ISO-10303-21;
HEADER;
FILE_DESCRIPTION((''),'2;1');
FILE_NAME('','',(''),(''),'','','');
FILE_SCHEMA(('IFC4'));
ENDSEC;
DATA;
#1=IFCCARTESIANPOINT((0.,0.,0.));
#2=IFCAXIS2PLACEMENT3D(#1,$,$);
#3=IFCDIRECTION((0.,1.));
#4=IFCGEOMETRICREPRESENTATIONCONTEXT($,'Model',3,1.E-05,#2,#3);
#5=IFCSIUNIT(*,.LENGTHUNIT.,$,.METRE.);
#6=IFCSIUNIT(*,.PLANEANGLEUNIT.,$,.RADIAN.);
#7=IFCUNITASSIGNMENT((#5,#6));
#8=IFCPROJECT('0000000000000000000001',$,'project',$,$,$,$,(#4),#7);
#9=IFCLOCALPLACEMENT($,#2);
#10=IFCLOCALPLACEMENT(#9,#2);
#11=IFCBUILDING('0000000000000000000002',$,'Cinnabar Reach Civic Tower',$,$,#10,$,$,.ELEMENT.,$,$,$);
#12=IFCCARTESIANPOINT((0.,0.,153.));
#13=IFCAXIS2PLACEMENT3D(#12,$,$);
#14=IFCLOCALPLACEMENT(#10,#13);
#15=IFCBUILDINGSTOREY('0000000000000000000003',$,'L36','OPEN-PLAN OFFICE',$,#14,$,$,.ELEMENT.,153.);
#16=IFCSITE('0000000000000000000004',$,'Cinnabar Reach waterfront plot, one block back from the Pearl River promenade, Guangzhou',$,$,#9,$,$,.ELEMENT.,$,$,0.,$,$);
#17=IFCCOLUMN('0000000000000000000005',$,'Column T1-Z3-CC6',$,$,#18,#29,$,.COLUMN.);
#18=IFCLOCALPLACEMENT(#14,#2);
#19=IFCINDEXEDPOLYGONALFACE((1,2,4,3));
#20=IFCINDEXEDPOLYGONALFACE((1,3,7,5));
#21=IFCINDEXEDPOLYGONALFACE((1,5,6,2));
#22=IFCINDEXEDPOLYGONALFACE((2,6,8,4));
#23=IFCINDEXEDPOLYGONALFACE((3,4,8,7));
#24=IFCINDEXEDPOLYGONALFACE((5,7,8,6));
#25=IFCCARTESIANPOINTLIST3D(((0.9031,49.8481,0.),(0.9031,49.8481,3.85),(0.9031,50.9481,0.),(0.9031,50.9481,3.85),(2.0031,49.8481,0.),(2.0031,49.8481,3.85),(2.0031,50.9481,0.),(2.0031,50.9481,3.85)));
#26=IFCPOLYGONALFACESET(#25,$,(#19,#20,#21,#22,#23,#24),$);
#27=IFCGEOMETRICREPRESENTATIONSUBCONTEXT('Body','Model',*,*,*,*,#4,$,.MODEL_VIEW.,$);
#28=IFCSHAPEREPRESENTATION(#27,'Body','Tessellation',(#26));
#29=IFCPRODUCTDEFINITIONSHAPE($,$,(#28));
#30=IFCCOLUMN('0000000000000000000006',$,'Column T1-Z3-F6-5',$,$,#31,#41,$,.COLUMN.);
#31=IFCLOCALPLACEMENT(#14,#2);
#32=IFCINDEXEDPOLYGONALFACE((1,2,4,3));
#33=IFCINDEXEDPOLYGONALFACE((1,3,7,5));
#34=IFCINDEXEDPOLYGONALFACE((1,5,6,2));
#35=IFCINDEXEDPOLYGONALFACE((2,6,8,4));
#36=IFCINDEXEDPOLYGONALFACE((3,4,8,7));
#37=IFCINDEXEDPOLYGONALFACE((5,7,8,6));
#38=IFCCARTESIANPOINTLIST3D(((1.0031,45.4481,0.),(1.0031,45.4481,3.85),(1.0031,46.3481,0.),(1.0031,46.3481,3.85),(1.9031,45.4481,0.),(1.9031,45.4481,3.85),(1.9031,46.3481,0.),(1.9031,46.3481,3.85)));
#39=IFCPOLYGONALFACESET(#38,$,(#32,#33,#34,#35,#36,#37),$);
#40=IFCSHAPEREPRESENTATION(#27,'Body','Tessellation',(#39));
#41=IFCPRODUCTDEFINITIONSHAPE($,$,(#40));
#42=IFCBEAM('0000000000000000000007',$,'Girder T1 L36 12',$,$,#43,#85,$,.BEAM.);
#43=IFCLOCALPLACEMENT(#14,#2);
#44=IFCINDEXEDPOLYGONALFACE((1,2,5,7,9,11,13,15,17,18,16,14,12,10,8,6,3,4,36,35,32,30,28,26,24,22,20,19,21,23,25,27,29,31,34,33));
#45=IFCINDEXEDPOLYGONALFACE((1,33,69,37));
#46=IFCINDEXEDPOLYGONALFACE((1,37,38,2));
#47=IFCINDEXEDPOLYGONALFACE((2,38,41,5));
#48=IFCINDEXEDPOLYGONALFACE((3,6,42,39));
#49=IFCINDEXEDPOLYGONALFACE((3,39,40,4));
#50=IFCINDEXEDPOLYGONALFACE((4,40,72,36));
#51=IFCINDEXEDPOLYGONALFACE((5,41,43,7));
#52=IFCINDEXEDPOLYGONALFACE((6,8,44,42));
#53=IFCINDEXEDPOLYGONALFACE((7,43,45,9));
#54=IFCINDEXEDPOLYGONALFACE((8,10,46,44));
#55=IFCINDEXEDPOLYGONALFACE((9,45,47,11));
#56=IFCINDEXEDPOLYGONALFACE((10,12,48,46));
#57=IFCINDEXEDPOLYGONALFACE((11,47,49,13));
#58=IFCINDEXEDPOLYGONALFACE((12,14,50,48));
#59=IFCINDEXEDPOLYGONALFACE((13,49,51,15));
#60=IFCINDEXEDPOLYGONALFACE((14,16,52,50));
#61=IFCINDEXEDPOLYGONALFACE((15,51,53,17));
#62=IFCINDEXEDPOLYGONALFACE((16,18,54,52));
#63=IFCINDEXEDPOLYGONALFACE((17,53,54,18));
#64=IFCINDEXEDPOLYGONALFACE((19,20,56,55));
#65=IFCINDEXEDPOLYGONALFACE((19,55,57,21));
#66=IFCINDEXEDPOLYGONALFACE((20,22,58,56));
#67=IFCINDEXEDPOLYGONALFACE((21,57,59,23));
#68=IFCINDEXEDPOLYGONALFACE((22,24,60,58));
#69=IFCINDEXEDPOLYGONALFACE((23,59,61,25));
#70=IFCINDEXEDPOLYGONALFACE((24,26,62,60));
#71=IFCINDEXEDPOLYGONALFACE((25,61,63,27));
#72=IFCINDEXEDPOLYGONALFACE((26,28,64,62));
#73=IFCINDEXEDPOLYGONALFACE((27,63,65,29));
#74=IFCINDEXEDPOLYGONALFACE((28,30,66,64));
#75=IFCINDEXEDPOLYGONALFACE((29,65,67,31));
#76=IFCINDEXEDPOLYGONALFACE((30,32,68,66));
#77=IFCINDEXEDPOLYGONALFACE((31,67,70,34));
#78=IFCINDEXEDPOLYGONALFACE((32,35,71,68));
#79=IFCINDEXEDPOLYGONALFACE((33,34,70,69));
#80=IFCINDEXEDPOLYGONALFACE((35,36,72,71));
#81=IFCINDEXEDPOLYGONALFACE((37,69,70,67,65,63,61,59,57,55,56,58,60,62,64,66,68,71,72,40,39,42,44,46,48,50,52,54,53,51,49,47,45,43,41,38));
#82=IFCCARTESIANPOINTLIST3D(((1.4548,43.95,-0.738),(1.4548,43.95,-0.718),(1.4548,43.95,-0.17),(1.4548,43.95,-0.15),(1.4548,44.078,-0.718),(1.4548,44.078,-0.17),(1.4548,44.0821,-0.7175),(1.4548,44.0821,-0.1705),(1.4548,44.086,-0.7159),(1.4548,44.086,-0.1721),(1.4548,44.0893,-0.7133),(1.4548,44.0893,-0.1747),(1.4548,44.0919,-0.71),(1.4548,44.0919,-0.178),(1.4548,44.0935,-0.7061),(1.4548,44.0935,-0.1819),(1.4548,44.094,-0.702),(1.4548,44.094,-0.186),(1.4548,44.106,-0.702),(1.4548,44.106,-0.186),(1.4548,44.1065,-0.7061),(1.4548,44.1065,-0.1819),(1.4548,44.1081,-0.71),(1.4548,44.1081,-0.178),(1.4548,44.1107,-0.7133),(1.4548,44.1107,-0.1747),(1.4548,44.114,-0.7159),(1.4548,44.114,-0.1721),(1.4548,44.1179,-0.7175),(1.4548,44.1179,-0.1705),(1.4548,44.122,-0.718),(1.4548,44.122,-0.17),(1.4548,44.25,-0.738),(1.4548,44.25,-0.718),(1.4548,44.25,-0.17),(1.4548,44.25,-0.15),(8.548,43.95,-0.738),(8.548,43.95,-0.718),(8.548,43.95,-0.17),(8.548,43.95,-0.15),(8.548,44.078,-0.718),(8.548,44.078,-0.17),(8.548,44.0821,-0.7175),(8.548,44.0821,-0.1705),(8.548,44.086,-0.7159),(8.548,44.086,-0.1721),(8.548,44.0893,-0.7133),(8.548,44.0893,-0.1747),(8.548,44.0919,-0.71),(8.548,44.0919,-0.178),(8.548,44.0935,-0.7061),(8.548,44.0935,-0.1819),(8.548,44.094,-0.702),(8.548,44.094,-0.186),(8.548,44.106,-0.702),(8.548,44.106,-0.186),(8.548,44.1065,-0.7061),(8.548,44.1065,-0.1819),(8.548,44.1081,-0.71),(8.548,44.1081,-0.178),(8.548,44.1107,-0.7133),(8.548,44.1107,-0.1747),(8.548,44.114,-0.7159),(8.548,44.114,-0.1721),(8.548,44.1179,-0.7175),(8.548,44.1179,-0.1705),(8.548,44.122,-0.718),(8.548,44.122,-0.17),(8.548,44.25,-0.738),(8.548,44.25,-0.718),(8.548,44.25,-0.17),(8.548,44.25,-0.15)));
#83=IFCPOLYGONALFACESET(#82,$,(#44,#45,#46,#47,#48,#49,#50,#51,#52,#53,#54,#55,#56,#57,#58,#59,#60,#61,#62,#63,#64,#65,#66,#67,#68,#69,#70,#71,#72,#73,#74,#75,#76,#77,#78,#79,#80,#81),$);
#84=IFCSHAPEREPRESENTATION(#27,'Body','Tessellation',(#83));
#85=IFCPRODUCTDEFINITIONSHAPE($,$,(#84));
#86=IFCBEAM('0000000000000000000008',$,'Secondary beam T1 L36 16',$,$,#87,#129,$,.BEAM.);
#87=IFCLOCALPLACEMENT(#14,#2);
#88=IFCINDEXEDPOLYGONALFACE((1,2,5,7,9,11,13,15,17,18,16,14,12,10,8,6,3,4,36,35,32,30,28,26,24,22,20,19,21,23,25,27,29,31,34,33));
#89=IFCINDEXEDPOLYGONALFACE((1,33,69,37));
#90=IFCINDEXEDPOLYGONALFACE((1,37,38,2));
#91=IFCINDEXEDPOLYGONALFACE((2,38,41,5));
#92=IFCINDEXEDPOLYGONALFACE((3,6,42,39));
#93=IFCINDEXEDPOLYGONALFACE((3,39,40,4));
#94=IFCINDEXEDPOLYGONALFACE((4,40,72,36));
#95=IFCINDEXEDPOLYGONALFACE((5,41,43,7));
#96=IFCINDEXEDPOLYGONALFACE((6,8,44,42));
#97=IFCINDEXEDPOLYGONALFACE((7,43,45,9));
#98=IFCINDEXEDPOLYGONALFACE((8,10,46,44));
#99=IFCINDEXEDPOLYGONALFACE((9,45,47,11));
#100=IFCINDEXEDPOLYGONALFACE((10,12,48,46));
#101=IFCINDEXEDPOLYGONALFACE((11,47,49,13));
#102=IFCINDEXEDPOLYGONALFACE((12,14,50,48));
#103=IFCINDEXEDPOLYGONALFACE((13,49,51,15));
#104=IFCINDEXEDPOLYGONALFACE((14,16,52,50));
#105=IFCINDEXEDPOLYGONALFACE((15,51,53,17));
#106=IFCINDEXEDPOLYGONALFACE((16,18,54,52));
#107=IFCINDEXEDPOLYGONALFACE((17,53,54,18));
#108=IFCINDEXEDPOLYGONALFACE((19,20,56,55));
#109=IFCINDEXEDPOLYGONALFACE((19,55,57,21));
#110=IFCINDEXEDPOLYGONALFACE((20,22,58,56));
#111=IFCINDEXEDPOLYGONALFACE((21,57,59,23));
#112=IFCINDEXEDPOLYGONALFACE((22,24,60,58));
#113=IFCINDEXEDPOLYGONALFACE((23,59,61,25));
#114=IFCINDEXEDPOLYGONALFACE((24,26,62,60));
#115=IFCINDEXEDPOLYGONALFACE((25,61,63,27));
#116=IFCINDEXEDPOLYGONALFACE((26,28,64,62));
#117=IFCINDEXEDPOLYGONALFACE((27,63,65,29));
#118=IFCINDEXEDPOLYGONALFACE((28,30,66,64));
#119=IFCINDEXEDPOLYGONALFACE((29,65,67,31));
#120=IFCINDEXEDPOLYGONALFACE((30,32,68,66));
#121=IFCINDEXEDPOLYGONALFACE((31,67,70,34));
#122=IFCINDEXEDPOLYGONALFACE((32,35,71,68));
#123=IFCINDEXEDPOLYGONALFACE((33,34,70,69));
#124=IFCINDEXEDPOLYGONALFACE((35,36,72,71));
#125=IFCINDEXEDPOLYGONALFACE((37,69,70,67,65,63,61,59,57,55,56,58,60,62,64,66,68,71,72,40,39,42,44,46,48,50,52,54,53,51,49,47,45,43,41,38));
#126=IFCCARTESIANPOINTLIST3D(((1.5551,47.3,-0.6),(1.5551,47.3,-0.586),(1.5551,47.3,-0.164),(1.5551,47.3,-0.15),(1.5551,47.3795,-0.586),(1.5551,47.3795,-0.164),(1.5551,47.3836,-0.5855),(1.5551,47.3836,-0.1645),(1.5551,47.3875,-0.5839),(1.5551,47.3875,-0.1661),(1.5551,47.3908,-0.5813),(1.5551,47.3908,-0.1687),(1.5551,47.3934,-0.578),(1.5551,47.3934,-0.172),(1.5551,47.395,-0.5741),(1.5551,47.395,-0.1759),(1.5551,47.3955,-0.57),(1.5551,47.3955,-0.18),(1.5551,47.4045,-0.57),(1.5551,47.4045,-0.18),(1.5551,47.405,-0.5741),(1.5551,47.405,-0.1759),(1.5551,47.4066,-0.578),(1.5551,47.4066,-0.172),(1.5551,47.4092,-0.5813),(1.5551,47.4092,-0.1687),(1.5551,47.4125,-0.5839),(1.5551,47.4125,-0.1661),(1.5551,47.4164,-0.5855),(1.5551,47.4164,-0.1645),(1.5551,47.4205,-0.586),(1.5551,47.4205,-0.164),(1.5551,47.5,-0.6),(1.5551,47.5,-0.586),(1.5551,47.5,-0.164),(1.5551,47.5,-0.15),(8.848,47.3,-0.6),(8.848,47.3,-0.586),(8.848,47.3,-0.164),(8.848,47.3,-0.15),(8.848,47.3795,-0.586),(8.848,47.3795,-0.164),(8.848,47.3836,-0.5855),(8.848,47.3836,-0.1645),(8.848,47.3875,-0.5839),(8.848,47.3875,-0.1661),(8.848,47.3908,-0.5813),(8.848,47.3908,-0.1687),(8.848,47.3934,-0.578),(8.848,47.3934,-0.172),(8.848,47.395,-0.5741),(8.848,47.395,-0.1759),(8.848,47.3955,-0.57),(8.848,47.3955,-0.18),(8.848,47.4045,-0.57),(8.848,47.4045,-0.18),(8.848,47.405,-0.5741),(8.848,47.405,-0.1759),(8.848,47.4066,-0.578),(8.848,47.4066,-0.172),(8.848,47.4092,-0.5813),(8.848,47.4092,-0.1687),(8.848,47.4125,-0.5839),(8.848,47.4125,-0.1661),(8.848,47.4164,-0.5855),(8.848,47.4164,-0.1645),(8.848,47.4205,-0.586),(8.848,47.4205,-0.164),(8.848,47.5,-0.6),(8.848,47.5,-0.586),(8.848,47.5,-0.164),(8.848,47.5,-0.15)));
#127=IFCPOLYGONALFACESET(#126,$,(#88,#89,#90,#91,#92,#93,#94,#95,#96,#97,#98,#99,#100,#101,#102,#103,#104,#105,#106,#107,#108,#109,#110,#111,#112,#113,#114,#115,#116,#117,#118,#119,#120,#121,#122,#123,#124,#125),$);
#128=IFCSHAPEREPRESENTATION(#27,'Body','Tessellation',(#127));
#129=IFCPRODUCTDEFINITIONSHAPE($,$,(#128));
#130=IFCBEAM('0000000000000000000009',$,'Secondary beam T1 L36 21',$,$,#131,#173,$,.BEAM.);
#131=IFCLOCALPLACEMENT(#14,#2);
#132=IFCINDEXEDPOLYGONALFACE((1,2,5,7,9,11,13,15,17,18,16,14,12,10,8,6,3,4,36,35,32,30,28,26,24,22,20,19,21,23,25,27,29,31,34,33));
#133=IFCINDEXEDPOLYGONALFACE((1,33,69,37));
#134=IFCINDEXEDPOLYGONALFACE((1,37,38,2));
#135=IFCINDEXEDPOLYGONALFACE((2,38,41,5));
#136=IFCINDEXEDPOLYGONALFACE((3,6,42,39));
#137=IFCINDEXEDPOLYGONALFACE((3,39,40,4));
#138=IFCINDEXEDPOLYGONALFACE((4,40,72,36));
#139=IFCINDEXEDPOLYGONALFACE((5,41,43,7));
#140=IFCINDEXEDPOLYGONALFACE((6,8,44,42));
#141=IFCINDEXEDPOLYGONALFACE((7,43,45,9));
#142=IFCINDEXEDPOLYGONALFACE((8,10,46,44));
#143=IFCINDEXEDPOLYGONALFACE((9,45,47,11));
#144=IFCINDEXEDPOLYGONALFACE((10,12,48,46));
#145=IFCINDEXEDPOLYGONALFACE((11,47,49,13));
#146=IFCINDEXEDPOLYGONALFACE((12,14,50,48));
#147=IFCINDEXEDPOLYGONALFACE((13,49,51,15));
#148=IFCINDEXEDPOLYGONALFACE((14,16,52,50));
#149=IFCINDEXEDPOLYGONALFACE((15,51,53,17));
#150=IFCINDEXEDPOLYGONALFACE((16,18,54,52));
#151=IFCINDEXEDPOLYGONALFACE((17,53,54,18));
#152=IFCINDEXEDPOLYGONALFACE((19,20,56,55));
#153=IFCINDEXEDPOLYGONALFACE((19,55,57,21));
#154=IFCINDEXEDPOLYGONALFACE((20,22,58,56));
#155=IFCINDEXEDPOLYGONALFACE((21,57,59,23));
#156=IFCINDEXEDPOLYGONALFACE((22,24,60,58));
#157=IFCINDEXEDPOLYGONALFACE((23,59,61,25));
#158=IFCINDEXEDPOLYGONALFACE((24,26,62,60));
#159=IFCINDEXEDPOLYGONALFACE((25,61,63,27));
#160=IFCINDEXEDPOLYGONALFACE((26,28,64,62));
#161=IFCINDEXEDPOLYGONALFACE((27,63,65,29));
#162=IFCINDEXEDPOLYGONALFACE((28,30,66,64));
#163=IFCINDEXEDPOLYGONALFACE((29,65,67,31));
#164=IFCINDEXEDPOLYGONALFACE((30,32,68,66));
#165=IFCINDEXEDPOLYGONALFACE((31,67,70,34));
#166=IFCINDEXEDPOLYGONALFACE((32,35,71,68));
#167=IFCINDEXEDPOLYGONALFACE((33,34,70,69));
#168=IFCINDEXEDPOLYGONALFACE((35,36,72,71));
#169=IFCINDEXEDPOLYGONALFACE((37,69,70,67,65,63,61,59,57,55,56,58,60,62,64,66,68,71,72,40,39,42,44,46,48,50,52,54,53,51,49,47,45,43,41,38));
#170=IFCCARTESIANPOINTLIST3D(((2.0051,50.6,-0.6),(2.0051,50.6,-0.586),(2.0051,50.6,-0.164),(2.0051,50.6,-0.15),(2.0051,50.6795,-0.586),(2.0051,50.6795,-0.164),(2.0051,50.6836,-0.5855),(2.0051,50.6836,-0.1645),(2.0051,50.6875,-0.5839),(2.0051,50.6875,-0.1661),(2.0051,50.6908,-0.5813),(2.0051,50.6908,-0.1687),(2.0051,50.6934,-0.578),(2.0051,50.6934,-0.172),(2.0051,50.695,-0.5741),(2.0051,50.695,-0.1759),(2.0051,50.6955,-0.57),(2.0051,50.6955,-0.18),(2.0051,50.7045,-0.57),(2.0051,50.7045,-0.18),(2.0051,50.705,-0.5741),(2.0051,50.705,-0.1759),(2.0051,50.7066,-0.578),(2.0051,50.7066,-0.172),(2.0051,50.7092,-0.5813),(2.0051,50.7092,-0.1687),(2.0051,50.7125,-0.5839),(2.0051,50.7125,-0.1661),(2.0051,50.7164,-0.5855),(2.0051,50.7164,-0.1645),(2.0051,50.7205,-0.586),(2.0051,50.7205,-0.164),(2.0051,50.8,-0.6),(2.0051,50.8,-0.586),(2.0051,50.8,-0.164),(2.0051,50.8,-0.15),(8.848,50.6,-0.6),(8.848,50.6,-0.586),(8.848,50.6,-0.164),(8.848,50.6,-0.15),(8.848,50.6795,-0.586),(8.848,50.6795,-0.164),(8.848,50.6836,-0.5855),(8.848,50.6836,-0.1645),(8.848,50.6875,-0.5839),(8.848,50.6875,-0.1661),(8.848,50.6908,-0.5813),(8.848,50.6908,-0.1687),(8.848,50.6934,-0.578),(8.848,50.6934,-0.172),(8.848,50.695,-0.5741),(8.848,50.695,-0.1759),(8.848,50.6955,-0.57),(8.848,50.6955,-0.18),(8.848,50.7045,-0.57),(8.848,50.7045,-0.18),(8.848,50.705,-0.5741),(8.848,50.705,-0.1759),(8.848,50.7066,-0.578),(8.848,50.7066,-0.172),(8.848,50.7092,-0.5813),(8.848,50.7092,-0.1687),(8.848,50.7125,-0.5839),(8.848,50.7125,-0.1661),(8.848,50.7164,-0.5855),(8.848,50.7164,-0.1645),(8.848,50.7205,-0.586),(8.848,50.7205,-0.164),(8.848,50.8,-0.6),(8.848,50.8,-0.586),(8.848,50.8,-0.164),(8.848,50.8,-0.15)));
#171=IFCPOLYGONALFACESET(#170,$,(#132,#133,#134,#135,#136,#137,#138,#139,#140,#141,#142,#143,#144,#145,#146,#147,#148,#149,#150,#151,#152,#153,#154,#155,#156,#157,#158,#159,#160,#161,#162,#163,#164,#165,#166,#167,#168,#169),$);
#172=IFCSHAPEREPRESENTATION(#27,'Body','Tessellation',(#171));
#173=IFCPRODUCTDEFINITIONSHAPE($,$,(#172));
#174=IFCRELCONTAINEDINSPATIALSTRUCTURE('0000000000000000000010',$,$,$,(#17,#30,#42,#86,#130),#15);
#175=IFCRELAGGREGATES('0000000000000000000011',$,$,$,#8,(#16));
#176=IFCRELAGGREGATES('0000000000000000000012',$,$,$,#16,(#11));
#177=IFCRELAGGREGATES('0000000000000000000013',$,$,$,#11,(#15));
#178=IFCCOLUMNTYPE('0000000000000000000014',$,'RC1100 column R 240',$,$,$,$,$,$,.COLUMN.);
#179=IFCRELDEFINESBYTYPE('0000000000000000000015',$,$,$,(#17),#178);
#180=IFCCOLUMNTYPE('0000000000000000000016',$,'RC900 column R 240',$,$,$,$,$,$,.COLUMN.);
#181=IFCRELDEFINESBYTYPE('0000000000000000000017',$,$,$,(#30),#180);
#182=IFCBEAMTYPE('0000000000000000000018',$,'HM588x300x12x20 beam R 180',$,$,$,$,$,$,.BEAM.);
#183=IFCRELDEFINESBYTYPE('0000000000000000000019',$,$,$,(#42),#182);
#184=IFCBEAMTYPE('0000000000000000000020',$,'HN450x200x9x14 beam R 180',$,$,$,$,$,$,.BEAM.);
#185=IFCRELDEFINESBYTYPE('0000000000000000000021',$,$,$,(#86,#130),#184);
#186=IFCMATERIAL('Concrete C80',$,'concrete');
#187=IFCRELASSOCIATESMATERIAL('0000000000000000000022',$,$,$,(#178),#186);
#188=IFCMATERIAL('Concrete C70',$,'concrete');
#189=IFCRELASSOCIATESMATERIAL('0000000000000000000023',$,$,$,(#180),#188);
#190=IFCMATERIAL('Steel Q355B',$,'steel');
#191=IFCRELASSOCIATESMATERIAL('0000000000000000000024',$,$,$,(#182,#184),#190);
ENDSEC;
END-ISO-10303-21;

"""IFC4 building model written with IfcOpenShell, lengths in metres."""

from ifc_helpers import new_model, si_unit, direction, frame, origin, origin_2d, place, context, subcontext, project, spatial, rectangle, i_section, extrude, material, material_profile, profile_set, type_object, element, save


model = new_model("IFC4")

# Units and contexts
model_context = context("Model", 3, precision=1e-05, world=origin(), true_north=direction((0.0, 1.0)))
body_context = subcontext(model_context, "Body", "Model", "MODEL_VIEW")
ifc_project = project(units=[si_unit("LENGTHUNIT", "METRE"), si_unit("PLANEANGLEUNIT", "RADIAN")], contexts=[model_context])

# Site, building, storey
site_placement = place(None, origin())
site = spatial("IfcSite", under=ifc_project, at=site_placement, Name="Cinnabar Reach waterfront plot, one block back from the Pearl River promenade, Guangzhou", CompositionType="ELEMENT", RefElevation=0.0)
building_placement = place(site_placement, origin())
building = spatial("IfcBuilding", under=site, at=building_placement, Name="Cinnabar Reach Civic Tower", CompositionType="ELEMENT")
storey_placement = place(building_placement, frame((0.0, 0.0, 153.0)))
storey = spatial("IfcBuildingStorey", under=building, at=storey_placement, Name="L36", Description="OPEN-PLAN OFFICE", CompositionType="ELEMENT", Elevation=153.0)

# Columns
ifc_material_1 = material(Name="Concrete C80", Category="concrete")
ifc_material_profile_1 = material_profile(ifc_material_1, rectangle(XDim=1.1, YDim=1.1, at=origin_2d()), Name="RC1100")
ifc_profile_set_1 = profile_set([ifc_material_profile_1], Name="Concrete C80")
column_type_1 = type_object("IfcColumnType", Name="RC1100 column R 240", PredefinedType="COLUMN", material=ifc_profile_set_1)
column_1_placement = place(storey_placement, frame((1.4531, 50.3981, 0.0), z_axis=(0.0, 0.0, 1.0), x_axis=(1.0, 0.0, 0.0)))
element("IfcColumn", 1, at=column_1_placement, inside=storey, type_object=column_type_1, Name="Column T1-Z3-CC6", PredefinedType="COLUMN", context=body_context, shape_type="SweptSolid", body=[
    extrude(rectangle(XDim=1.1, YDim=1.1, at=origin_2d()), origin(), (0.0, 0.0, 1.0), 3.85),
])
ifc_material_2 = material(Name="Concrete C70", Category="concrete")
ifc_material_profile_2 = material_profile(ifc_material_2, rectangle(XDim=0.9, YDim=0.9, at=origin_2d()), Name="RC900")
ifc_profile_set_2 = profile_set([ifc_material_profile_2], Name="Concrete C70")
column_type_2 = type_object("IfcColumnType", Name="RC900 column R 240", PredefinedType="COLUMN", material=ifc_profile_set_2)
column_2_placement = place(storey_placement, frame((1.4531, 45.8981, 0.0), z_axis=(0.0, 0.0, 1.0), x_axis=(1.0, 0.0, 0.0)))
element("IfcColumn", 2, at=column_2_placement, inside=storey, type_object=column_type_2, Name="Column T1-Z3-F6-5", PredefinedType="COLUMN", context=body_context, shape_type="SweptSolid", body=[
    extrude(rectangle(XDim=0.9, YDim=0.9, at=origin_2d()), origin(), (0.0, 0.0, 1.0), 3.85),
])

# Beams
ifc_material_3 = material(Name="Steel Q355B", Category="steel")
ifc_material_profile_3 = material_profile(ifc_material_3, i_section(OverallWidth=0.3, OverallDepth=0.588, WebThickness=0.012, FlangeThickness=0.02, FilletRadius=0.016, at=origin_2d()), Name="HM588x300x12x20")
ifc_profile_set_3 = profile_set([ifc_material_profile_3], Name="Steel Q355B")
beam_type_1 = type_object("IfcBeamType", Name="HM588x300x12x20 beam R 180", PredefinedType="BEAM", material=ifc_profile_set_3)
beam_1_placement = place(storey_placement, frame((1.4548, 44.1, -0.444), z_axis=(1.0, 0.0, 0.0), x_axis=(0.0, 1.0, 0.0)))
element("IfcBeam", 3, at=beam_1_placement, inside=storey, type_object=beam_type_1, Name="Girder T1 L36 12", PredefinedType="BEAM", context=body_context, shape_type="SweptSolid", body=[
    extrude(i_section(OverallWidth=0.3, OverallDepth=0.588, WebThickness=0.012, FlangeThickness=0.02, FilletRadius=0.016, at=origin_2d()), origin(), (0.0, 0.0, 1.0), 7.0932),
])
ifc_material_profile_4 = material_profile(ifc_material_3, i_section(OverallWidth=0.2, OverallDepth=0.45, WebThickness=0.009, FlangeThickness=0.014, FilletRadius=0.016, at=origin_2d()), Name="HN450x200x9x14")
ifc_profile_set_4 = profile_set([ifc_material_profile_4], Name="Steel Q355B")
beam_type_2 = type_object("IfcBeamType", Name="HN450x200x9x14 beam R 180", PredefinedType="BEAM", material=ifc_profile_set_4)
beam_2_placement = place(storey_placement, frame((1.5551, 47.4, -0.375), z_axis=(1.0, 0.0, 0.0), x_axis=(0.0, 1.0, 0.0)))
element("IfcBeam", 4, at=beam_2_placement, inside=storey, type_object=beam_type_2, Name="Secondary beam T1 L36 16", PredefinedType="BEAM", context=body_context, shape_type="SweptSolid", body=[
    extrude(i_section(OverallWidth=0.2, OverallDepth=0.45, WebThickness=0.009, FlangeThickness=0.014, FilletRadius=0.016, at=origin_2d()), origin(), (0.0, 0.0, 1.0), 7.2929),
])
beam_3_placement = place(storey_placement, frame((2.0051, 50.7, -0.375), z_axis=(1.0, 0.0, 0.0), x_axis=(0.0, 1.0, 0.0)))
element("IfcBeam", 5, at=beam_3_placement, inside=storey, type_object=beam_type_2, Name="Secondary beam T1 L36 21", PredefinedType="BEAM", context=body_context, shape_type="SweptSolid", body=[
    extrude(i_section(OverallWidth=0.2, OverallDepth=0.45, WebThickness=0.009, FlangeThickness=0.014, FilletRadius=0.016, at=origin_2d()), origin(), (0.0, 0.0, 1.0), 6.8429),
])

save(model, "model.ifc")
